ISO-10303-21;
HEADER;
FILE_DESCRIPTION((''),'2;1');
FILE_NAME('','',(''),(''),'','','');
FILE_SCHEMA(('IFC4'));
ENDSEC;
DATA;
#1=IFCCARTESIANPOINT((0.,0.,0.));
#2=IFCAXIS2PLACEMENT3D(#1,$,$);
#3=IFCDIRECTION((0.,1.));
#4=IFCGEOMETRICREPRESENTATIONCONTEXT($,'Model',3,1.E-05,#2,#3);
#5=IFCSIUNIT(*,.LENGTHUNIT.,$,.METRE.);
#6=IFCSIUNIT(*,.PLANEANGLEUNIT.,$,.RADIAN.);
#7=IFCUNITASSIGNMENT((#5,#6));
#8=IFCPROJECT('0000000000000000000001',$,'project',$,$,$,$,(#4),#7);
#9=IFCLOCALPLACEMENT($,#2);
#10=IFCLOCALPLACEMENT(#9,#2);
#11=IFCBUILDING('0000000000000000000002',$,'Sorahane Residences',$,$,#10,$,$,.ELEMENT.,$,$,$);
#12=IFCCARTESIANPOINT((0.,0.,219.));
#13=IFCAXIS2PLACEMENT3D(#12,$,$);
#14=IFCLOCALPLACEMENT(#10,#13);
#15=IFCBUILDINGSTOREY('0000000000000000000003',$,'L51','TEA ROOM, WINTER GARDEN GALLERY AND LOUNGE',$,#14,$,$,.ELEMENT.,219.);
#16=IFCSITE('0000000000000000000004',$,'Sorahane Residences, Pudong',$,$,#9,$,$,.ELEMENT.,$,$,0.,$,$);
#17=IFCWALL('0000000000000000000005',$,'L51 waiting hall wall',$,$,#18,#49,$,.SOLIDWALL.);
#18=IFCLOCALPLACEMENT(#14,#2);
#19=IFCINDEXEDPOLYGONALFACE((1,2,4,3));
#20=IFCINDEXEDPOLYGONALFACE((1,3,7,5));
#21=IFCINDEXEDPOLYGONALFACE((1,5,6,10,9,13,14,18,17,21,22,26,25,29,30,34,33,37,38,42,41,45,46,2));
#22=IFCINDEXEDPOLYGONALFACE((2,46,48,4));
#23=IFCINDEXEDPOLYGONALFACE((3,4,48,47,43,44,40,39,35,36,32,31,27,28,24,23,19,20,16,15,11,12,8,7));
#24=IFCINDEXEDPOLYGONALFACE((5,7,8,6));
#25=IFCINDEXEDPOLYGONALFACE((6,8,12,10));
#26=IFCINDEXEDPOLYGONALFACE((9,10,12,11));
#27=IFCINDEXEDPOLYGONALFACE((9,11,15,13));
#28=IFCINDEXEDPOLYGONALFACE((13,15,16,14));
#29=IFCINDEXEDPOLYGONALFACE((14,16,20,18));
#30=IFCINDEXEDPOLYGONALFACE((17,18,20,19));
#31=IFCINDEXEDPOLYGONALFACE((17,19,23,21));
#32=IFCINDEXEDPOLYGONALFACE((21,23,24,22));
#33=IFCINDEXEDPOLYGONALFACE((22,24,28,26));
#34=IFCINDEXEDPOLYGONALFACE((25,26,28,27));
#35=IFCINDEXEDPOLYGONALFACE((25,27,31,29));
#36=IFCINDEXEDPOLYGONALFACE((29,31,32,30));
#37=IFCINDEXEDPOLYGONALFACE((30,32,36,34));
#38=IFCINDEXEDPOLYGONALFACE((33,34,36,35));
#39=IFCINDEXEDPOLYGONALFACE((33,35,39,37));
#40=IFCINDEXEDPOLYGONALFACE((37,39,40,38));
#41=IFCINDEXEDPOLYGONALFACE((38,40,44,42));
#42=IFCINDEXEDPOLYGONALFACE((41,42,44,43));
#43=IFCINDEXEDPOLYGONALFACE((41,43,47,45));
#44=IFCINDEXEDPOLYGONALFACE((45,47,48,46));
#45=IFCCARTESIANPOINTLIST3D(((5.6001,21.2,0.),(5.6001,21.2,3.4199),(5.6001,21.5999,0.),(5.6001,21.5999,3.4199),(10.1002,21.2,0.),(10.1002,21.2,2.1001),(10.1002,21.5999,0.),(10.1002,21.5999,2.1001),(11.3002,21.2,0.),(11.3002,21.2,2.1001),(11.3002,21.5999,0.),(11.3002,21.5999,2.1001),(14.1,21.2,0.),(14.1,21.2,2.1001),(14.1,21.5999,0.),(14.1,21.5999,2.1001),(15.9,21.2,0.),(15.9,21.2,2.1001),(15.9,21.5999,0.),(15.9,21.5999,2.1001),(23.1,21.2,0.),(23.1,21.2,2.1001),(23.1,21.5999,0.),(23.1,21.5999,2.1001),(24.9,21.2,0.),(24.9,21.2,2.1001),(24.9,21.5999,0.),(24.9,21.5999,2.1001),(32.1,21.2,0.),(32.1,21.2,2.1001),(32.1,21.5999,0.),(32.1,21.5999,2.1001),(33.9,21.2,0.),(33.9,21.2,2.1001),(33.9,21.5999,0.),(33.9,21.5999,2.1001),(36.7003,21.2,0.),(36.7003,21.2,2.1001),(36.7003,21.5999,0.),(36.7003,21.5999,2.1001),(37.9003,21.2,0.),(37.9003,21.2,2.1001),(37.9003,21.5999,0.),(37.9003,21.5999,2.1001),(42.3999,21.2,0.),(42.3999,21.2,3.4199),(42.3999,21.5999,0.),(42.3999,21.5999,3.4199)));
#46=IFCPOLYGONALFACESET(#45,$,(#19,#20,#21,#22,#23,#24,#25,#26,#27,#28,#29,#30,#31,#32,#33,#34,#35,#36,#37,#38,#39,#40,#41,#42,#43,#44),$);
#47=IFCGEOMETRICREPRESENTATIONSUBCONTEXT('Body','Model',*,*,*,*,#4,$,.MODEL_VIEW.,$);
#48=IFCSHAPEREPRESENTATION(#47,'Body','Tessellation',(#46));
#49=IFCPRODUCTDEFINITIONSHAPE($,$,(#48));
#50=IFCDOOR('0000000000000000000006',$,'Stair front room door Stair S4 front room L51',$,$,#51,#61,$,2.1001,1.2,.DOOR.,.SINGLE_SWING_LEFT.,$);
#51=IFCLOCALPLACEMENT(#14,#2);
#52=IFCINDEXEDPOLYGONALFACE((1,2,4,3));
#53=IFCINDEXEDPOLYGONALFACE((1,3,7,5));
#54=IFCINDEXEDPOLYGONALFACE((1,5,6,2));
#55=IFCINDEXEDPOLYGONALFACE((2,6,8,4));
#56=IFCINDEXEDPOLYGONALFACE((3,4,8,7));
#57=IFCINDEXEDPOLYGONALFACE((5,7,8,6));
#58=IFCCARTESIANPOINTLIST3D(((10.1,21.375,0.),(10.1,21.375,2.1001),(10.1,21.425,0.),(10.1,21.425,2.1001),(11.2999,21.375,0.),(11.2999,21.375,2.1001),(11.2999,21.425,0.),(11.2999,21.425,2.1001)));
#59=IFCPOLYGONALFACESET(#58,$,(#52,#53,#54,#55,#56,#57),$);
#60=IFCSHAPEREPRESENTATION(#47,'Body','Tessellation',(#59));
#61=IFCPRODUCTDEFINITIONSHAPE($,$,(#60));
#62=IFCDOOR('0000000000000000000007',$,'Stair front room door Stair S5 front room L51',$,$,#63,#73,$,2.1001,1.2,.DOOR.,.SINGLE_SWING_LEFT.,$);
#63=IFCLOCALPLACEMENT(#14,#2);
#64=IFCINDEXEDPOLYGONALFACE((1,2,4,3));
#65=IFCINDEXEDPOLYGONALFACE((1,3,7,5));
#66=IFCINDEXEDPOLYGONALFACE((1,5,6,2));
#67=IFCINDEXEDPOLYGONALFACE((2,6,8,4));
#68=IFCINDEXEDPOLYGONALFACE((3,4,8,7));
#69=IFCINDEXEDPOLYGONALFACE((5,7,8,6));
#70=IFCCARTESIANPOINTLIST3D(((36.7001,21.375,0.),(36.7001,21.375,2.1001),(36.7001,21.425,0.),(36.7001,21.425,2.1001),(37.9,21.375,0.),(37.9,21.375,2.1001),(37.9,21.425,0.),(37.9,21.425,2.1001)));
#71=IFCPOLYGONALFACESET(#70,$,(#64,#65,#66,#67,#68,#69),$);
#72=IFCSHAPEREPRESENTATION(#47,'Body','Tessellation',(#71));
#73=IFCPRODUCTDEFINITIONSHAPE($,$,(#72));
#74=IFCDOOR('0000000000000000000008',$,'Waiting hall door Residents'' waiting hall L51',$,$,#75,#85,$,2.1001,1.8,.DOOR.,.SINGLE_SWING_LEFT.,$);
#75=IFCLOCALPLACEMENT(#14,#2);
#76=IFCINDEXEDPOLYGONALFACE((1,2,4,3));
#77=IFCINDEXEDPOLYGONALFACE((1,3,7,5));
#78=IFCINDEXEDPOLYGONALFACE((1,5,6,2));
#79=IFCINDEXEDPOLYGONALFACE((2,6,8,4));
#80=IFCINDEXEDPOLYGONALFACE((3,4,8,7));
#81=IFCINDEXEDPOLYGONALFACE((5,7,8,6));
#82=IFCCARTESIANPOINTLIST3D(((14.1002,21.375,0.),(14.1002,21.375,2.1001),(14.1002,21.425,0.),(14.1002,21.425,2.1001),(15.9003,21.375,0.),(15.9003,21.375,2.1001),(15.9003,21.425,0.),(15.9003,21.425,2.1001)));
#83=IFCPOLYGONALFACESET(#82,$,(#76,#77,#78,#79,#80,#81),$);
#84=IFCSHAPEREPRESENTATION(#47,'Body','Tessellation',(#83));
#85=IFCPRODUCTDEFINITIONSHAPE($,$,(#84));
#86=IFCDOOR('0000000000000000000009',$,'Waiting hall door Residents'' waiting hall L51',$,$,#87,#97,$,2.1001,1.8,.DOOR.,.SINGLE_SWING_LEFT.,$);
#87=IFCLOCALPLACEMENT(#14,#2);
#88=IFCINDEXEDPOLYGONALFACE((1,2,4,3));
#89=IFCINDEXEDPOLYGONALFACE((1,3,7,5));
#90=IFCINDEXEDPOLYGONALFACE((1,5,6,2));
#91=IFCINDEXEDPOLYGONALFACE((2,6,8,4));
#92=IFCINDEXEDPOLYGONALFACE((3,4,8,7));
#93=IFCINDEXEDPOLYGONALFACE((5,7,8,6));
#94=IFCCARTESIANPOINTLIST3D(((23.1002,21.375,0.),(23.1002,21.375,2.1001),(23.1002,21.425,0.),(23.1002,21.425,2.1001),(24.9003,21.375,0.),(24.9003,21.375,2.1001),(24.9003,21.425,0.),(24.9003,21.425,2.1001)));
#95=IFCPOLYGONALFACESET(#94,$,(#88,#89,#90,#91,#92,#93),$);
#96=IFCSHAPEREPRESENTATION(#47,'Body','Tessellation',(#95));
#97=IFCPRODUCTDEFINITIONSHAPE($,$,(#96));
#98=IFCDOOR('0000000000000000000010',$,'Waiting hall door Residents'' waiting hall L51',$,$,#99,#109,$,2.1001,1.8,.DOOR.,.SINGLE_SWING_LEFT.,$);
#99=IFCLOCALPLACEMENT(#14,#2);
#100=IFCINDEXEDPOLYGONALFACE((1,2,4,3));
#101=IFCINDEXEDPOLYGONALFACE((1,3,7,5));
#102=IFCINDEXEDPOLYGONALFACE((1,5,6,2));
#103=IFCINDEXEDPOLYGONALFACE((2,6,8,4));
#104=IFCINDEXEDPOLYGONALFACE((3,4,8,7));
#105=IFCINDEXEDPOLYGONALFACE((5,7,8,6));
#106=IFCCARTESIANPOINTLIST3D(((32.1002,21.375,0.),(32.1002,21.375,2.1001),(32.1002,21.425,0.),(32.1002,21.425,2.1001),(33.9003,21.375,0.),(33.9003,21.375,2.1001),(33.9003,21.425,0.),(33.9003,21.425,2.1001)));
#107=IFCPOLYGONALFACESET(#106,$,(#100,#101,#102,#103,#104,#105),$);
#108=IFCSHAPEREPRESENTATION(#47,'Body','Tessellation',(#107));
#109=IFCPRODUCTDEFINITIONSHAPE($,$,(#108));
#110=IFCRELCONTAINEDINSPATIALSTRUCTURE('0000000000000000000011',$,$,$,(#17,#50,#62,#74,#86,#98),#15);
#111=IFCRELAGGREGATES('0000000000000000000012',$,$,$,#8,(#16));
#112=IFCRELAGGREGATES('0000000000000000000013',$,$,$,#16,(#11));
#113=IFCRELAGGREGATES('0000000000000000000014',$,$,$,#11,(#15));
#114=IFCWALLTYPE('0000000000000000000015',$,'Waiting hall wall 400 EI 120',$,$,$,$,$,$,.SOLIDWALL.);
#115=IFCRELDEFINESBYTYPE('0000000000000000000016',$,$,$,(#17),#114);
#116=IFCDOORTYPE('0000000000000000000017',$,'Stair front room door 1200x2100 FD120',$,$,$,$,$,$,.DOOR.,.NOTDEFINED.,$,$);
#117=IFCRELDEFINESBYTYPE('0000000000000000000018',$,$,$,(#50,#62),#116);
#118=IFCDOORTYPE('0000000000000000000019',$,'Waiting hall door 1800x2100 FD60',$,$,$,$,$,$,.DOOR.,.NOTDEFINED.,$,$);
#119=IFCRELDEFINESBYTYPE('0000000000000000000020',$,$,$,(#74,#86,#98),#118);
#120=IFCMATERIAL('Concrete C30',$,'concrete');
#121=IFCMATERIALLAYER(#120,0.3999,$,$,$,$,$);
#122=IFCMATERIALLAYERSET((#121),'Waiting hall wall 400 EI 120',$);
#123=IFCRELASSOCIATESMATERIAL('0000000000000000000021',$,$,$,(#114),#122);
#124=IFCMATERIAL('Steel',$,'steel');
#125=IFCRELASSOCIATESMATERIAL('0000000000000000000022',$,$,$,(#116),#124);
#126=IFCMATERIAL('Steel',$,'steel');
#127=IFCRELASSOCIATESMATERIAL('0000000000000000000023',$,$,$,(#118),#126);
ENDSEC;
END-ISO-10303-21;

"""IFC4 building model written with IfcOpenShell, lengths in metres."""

from ifc_helpers import new_model, si_unit, direction, frame, frame_2d, origin, place, context, subcontext, project, spatial, rectangle, extrude, material, layer, layer_set, type_object, element, fill, save


model = new_model("IFC4")

# Units and contexts
model_context = context("Model", 3, precision=1e-05, world=origin(), true_north=direction((0.0, 1.0)))
body_context = subcontext(model_context, "Body", "Model", "MODEL_VIEW")
ifc_project = project(units=[si_unit("LENGTHUNIT", "METRE"), si_unit("PLANEANGLEUNIT", "RADIAN")], contexts=[model_context])

# Site, building, storey
site_placement = place(None, origin())
site = spatial("IfcSite", under=ifc_project, at=site_placement, Name="Sorahane Residences, Pudong", CompositionType="ELEMENT", RefElevation=0.0)
building_placement = place(site_placement, origin())
building = spatial("IfcBuilding", under=site, at=building_placement, Name="Sorahane Residences", CompositionType="ELEMENT")
storey_placement = place(building_placement, frame((0.0, 0.0, 219.0)))
storey = spatial("IfcBuildingStorey", under=building, at=storey_placement, Name="L51", Description="TEA ROOM, WINTER GARDEN GALLERY AND LOUNGE", CompositionType="ELEMENT", Elevation=219.0)

# Wall, openings, doors
ifc_material_1 = material(Name="Concrete C30", Category="concrete")
ifc_layer_1 = layer(ifc_material_1, 0.3999)
ifc_layer_set_1 = layer_set([ifc_layer_1], Name="Waiting hall wall 400 EI 120")
wall_type_1 = type_object("IfcWallType", Name="Waiting hall wall 400 EI 120", PredefinedType="SOLIDWALL", material=ifc_layer_set_1)
wall_1_placement = place(storey_placement, frame((5.6001, 21.3999, 0.0), z_axis=(0.0, 0.0, 1.0), x_axis=(1.0, 0.0, 0.0)))
wall_1 = element("IfcWall", 1, at=wall_1_placement, inside=storey, type_object=wall_type_1, Name="L51 waiting hall wall", PredefinedType="SOLIDWALL", context=body_context, shape_type="SweptSolid", body=[
    extrude(rectangle(XDim=36.7998, YDim=0.3999, at=frame_2d((18.3999, 0.0))), origin(), (0.0, 0.0, 1.0), 3.4199),
])
opening_1_placement = place(wall_1_placement, frame((8.5, 0.0, 0.0)))
opening_1 = element("IfcOpeningElement", 2, at=opening_1_placement, cuts=wall_1, PredefinedType="OPENING", context=body_context, shape_type="SweptSolid", body=[
    extrude(rectangle(XDim=1.8, YDim=2.1001, at=frame_2d((0.8999, 1.05))), frame((0.0, 0.21, 0.0), z_axis=(0.0, -1.0, 0.0), x_axis=(1.0, 0.0, 0.0)), (0.0, 0.0, 1.0), 0.4199),
])
opening_2_placement = place(wall_1_placement, frame((17.5, 0.0, 0.0)))
opening_2 = element("IfcOpeningElement", 3, at=opening_2_placement, cuts=wall_1, PredefinedType="OPENING", context=body_context, shape_type="SweptSolid", body=[
    extrude(rectangle(XDim=1.8, YDim=2.1001, at=frame_2d((0.8999, 1.05))), frame((0.0, 0.21, 0.0), z_axis=(0.0, -1.0, 0.0), x_axis=(1.0, 0.0, 0.0)), (0.0, 0.0, 1.0), 0.4199),
])
opening_3_placement = place(wall_1_placement, frame((26.5, 0.0, 0.0)))
opening_3 = element("IfcOpeningElement", 4, at=opening_3_placement, cuts=wall_1, PredefinedType="OPENING", context=body_context, shape_type="SweptSolid", body=[
    extrude(rectangle(XDim=1.8, YDim=2.1001, at=frame_2d((0.8999, 1.05))), frame((0.0, 0.21, 0.0), z_axis=(0.0, -1.0, 0.0), x_axis=(1.0, 0.0, 0.0)), (0.0, 0.0, 1.0), 0.4199),
])
opening_4_placement = place(wall_1_placement, frame((4.5, 0.0, 0.0)))
opening_4 = element("IfcOpeningElement", 5, at=opening_4_placement, cuts=wall_1, PredefinedType="OPENING", context=body_context, shape_type="SweptSolid", body=[
    extrude(rectangle(XDim=1.2, YDim=2.1001, at=frame_2d((0.6001, 1.05))), frame((0.0, 0.21, 0.0), z_axis=(0.0, -1.0, 0.0), x_axis=(1.0, 0.0, 0.0)), (0.0, 0.0, 1.0), 0.4199),
])
opening_5_placement = place(wall_1_placement, frame((31.1001, 0.0, 0.0)))
opening_5 = element("IfcOpeningElement", 6, at=opening_5_placement, cuts=wall_1, PredefinedType="OPENING", context=body_context, shape_type="SweptSolid", body=[
    extrude(rectangle(XDim=1.2, YDim=2.1001, at=frame_2d((0.6001, 1.05))), frame((0.0, 0.21, 0.0), z_axis=(0.0, -1.0, 0.0), x_axis=(1.0, 0.0, 0.0)), (0.0, 0.0, 1.0), 0.4199),
])
ifc_material_2 = material(Name="Steel", Category="steel")
door_type_1 = type_object("IfcDoorType", Name="Stair front room door 1200x2100 FD120", OperationType="NOTDEFINED", PredefinedType="DOOR", material=ifc_material_2)
door_1_placement = place(opening_4_placement, frame((1.2, 0.0, 0.0), z_axis=(0.0, 0.0, 1.0), x_axis=(-1.0, 0.0, 0.0)))
door_1 = element("IfcDoor", 7, at=door_1_placement, inside=storey, type_object=door_type_1, Name="Stair front room door Stair S4 front room L51", OperationType="SINGLE_SWING_LEFT", OverallHeight=2.1001, OverallWidth=1.2, PredefinedType="DOOR", context=body_context, shape_type="SweptSolid", body=[
    extrude(rectangle(XDim=1.2, YDim=2.1001, at=frame_2d((0.6001, 1.05))), frame((0.0, 0.0249, 0.0), z_axis=(0.0, -1.0, 0.0), x_axis=(1.0, 0.0, 0.0)), (0.0, 0.0, 1.0), 0.05),
])
fill(opening_4, door_1)
door_2_placement = place(opening_5_placement, frame((1.2, 0.0, 0.0), z_axis=(0.0, 0.0, 1.0), x_axis=(-1.0, 0.0, 0.0)))
door_2 = element("IfcDoor", 8, at=door_2_placement, inside=storey, type_object=door_type_1, Name="Stair front room door Stair S5 front room L51", OperationType="SINGLE_SWING_LEFT", OverallHeight=2.1001, OverallWidth=1.2, PredefinedType="DOOR", context=body_context, shape_type="SweptSolid", body=[
    extrude(rectangle(XDim=1.2, YDim=2.1001, at=frame_2d((0.6001, 1.05))), frame((0.0, 0.0249, 0.0), z_axis=(0.0, -1.0, 0.0), x_axis=(1.0, 0.0, 0.0)), (0.0, 0.0, 1.0), 0.05),
])
fill(opening_5, door_2)
ifc_material_3 = material(Name="Steel", Category="steel")
door_type_2 = type_object("IfcDoorType", Name="Waiting hall door 1800x2100 FD60", OperationType="NOTDEFINED", PredefinedType="DOOR", material=ifc_material_3)
door_3_placement = place(opening_1_placement, frame((1.8, 0.0, 0.0), z_axis=(0.0, 0.0, 1.0), x_axis=(-1.0, 0.0, 0.0)))
door_3 = element("IfcDoor", 9, at=door_3_placement, inside=storey, type_object=door_type_2, Name="Waiting hall door Residents' waiting hall L51", OperationType="SINGLE_SWING_LEFT", OverallHeight=2.1001, OverallWidth=1.8, PredefinedType="DOOR", context=body_context, shape_type="SweptSolid", body=[
    extrude(rectangle(XDim=1.8, YDim=2.1001, at=frame_2d((0.8999, 1.05))), frame((0.0, 0.0249, 0.0), z_axis=(0.0, -1.0, 0.0), x_axis=(1.0, 0.0, 0.0)), (0.0, 0.0, 1.0), 0.05),
])
fill(opening_1, door_3)
door_4_placement = place(opening_2_placement, frame((1.8, 0.0, 0.0), z_axis=(0.0, 0.0, 1.0), x_axis=(-1.0, 0.0, 0.0)))
door_4 = element("IfcDoor", 10, at=door_4_placement, inside=storey, type_object=door_type_2, Name="Waiting hall door Residents' waiting hall L51", OperationType="SINGLE_SWING_LEFT", OverallHeight=2.1001, OverallWidth=1.8, PredefinedType="DOOR", context=body_context, shape_type="SweptSolid", body=[
    extrude(rectangle(XDim=1.8, YDim=2.1001, at=frame_2d((0.8999, 1.05))), frame((0.0, 0.0249, 0.0), z_axis=(0.0, -1.0, 0.0), x_axis=(1.0, 0.0, 0.0)), (0.0, 0.0, 1.0), 0.05),
])
fill(opening_2, door_4)
door_5_placement = place(opening_3_placement, frame((1.8, 0.0, 0.0), z_axis=(0.0, 0.0, 1.0), x_axis=(-1.0, 0.0, 0.0)))
door_5 = element("IfcDoor", 11, at=door_5_placement, inside=storey, type_object=door_type_2, Name="Waiting hall door Residents' waiting hall L51", OperationType="SINGLE_SWING_LEFT", OverallHeight=2.1001, OverallWidth=1.8, PredefinedType="DOOR", context=body_context, shape_type="SweptSolid", body=[
    extrude(rectangle(XDim=1.8, YDim=2.1001, at=frame_2d((0.8999, 1.05))), frame((0.0, 0.0249, 0.0), z_axis=(0.0, -1.0, 0.0), x_axis=(1.0, 0.0, 0.0)), (0.0, 0.0, 1.0), 0.05),
])
fill(opening_3, door_5)

save(model, "model.ifc")
